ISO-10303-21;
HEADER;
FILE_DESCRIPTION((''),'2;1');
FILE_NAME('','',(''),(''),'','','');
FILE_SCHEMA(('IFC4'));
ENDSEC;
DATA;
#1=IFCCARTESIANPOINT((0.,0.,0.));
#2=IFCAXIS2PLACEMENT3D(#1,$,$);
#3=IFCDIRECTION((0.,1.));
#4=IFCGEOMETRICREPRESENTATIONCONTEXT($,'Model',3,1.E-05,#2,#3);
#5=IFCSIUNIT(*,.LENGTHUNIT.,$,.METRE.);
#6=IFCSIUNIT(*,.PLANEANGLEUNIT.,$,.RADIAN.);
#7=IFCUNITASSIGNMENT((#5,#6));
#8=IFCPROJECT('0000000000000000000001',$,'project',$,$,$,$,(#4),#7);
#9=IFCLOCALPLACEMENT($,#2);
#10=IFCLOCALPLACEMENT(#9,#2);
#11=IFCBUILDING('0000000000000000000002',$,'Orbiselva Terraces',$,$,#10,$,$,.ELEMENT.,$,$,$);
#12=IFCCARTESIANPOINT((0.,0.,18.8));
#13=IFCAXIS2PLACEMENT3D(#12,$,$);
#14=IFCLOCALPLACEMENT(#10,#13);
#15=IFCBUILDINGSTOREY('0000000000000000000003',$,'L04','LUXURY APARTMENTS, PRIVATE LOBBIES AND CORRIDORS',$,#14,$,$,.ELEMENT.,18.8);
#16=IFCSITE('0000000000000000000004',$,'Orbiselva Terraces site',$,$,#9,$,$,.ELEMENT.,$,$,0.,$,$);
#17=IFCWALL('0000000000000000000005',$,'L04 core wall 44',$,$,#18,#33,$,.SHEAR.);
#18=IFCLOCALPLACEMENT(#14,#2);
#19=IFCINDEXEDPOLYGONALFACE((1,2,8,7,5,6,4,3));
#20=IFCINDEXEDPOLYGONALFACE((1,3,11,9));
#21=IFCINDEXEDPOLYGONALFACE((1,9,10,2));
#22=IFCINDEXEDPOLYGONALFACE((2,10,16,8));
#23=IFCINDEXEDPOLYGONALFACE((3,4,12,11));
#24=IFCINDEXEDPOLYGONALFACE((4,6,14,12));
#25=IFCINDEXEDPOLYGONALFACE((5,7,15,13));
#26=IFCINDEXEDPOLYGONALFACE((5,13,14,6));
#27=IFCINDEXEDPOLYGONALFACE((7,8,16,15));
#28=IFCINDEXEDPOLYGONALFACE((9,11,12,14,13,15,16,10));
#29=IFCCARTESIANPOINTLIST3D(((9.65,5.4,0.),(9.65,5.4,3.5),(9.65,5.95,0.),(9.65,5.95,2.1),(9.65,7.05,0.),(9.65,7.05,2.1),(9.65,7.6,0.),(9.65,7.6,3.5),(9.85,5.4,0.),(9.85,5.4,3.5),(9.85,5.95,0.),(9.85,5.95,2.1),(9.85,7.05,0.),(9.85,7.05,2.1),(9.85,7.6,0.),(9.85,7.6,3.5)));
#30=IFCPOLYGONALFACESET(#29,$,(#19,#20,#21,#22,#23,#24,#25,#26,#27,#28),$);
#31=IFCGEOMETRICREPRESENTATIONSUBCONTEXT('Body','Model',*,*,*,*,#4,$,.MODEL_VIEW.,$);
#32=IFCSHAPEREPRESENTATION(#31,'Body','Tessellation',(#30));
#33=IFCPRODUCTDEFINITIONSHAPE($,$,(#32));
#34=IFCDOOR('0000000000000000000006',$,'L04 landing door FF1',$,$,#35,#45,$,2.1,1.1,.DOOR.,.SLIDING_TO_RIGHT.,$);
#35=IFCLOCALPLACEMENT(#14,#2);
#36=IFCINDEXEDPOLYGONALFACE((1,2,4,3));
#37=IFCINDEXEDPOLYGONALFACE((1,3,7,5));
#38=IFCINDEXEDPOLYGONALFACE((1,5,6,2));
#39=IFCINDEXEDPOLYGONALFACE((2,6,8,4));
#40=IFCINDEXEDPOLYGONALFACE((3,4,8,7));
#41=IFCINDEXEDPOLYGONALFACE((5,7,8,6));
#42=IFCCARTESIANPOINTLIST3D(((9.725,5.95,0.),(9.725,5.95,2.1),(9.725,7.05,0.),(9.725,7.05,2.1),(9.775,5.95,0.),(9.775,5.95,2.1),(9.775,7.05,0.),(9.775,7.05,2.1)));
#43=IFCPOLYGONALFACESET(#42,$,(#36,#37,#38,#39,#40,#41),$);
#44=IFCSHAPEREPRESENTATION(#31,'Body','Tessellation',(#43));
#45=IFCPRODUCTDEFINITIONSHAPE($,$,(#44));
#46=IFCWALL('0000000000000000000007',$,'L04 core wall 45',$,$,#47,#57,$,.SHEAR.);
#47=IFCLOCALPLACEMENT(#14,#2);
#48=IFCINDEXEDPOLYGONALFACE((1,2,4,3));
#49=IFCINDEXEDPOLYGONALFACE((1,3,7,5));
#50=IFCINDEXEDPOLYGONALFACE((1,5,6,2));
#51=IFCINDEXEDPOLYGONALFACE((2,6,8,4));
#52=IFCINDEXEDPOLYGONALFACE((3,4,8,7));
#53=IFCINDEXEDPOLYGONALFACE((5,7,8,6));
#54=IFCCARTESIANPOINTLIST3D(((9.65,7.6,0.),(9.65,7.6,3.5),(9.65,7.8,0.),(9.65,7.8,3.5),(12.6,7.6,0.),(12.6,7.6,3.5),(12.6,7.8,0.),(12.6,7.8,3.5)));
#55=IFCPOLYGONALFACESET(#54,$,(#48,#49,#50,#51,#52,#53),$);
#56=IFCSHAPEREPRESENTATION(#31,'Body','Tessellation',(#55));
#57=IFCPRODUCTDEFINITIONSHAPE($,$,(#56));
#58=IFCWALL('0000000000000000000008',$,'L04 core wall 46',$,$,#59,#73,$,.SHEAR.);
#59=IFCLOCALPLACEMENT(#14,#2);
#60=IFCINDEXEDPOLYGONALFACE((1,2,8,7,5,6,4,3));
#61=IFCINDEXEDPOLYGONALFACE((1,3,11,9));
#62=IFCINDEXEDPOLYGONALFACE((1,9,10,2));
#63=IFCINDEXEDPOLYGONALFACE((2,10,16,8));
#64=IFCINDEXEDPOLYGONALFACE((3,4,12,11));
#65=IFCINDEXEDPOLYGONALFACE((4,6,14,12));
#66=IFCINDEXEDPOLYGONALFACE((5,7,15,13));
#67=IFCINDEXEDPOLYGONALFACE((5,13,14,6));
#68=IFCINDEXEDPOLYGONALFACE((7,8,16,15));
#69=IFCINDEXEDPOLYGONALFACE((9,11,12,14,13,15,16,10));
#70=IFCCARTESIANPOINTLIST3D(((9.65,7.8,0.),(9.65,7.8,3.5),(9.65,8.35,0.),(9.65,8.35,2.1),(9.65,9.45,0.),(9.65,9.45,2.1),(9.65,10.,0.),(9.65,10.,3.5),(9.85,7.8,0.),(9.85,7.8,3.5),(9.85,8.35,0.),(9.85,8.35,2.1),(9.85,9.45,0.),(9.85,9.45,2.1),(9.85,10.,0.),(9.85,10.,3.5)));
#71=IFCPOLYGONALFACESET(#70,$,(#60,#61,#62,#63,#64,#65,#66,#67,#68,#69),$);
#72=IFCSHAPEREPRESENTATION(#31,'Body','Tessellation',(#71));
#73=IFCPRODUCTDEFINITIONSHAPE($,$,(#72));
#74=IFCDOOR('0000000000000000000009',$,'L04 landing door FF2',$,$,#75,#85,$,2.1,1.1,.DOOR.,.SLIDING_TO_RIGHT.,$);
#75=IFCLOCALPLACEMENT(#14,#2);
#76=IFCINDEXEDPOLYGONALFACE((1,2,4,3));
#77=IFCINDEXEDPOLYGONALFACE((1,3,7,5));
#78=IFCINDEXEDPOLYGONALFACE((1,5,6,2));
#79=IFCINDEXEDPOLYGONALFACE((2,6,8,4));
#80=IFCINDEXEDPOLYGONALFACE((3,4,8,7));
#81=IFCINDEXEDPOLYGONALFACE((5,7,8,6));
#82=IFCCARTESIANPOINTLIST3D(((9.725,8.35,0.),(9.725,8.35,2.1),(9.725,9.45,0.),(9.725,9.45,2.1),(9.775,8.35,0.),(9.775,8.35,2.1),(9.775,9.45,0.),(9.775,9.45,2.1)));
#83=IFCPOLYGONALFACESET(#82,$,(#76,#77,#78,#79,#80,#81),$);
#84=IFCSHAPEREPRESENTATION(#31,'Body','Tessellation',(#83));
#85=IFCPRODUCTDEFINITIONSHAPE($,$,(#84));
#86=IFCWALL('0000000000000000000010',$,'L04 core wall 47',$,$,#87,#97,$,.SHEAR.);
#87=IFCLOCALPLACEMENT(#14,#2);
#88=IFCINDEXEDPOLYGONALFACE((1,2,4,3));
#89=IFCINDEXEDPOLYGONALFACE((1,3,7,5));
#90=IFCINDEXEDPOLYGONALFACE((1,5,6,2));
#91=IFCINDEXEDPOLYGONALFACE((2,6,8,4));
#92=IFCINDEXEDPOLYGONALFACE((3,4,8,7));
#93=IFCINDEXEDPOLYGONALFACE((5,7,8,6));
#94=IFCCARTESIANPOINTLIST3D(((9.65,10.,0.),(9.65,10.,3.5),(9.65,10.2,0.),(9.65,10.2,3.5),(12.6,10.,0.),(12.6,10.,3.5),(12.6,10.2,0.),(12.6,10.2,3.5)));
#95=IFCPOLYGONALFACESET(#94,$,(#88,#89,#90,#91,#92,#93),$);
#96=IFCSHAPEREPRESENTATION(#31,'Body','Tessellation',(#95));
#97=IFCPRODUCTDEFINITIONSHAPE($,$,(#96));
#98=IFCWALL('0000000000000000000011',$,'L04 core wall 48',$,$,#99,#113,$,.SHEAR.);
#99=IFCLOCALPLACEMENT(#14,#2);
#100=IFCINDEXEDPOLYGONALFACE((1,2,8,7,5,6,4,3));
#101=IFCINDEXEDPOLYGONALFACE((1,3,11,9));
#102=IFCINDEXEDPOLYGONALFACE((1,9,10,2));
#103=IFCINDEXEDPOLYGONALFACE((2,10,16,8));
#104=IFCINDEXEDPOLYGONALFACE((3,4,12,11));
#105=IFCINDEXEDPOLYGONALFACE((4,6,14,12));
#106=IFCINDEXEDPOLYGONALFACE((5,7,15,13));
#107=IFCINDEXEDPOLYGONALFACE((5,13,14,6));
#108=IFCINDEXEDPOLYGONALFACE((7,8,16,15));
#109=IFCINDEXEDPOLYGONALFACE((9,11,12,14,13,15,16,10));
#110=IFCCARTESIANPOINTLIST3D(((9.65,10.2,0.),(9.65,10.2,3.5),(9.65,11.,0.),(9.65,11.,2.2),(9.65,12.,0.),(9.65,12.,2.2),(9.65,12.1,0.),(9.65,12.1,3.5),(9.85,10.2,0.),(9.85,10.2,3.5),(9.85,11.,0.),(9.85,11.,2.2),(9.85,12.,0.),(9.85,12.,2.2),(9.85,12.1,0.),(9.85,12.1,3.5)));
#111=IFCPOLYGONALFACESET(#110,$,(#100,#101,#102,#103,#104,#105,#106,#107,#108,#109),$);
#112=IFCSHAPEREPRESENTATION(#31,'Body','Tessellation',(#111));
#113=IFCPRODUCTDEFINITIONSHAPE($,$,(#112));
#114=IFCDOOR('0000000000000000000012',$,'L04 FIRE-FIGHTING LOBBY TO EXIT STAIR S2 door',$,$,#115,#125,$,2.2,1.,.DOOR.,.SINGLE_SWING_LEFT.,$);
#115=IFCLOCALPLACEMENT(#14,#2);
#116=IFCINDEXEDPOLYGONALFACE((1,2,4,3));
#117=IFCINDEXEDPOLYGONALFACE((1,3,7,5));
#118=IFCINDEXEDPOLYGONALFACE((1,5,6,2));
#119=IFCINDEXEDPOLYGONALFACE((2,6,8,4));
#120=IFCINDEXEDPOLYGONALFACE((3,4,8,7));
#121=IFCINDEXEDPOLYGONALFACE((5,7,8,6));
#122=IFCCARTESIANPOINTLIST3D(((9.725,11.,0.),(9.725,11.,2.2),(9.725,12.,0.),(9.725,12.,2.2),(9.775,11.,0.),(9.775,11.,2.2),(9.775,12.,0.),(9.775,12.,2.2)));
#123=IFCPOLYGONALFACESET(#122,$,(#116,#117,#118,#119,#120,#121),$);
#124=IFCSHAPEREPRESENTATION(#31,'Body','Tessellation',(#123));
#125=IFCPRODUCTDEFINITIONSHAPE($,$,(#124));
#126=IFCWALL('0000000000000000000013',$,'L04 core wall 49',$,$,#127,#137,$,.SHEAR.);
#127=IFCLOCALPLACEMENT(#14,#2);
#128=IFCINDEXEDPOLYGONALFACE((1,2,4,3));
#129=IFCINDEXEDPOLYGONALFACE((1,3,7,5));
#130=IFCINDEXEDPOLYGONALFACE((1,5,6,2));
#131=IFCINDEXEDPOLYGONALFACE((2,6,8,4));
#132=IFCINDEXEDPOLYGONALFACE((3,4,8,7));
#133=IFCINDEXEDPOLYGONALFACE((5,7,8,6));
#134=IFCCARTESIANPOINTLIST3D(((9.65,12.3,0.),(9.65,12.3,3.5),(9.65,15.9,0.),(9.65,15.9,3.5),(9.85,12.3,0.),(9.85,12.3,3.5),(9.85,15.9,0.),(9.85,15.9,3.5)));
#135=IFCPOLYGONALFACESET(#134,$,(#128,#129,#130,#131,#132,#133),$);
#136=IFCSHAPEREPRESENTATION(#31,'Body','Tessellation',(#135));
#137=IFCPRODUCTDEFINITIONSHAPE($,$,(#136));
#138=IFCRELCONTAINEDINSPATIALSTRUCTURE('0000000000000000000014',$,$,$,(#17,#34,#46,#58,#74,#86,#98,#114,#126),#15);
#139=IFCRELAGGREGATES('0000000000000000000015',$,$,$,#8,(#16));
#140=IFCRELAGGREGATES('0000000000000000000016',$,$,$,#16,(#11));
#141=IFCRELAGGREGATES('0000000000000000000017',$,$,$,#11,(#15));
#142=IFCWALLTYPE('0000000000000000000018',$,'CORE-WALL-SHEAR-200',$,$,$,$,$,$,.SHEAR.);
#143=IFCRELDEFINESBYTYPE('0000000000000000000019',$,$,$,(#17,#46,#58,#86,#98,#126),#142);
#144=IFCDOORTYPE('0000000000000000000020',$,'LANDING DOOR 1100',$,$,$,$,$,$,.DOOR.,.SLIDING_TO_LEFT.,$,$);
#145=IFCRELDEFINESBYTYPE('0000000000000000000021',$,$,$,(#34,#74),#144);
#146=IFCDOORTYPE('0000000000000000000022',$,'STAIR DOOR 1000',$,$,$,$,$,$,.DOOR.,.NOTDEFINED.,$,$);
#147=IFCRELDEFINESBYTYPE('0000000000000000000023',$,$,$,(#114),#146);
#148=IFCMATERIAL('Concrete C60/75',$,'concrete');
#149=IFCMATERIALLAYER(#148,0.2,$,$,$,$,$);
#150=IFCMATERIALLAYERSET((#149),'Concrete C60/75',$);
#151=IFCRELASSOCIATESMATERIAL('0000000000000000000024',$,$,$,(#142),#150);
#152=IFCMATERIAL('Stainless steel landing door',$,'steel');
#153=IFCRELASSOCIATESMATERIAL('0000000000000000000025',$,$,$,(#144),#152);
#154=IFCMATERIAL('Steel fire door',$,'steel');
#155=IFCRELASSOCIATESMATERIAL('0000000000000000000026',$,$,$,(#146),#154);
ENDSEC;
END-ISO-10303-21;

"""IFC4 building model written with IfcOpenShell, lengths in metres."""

from ifc_helpers import new_model, si_unit, direction, frame, frame_2d, origin, place, context, subcontext, project, spatial, rectangle, extrude, material, layer, layer_set, type_object, element, fill, save


model = new_model("IFC4")

# Units and contexts
model_context = context("Model", 3, precision=1e-05, world=origin(), true_north=direction((0.0, 1.0)))
body_context = subcontext(model_context, "Body", "Model", "MODEL_VIEW")
ifc_project = project(units=[si_unit("LENGTHUNIT", "METRE"), si_unit("PLANEANGLEUNIT", "RADIAN")], contexts=[model_context])

# Site, building, storey
site_placement = place(None, origin())
site = spatial("IfcSite", under=ifc_project, at=site_placement, Name="Orbiselva Terraces site", CompositionType="ELEMENT", RefElevation=0.0)
building_placement = place(site_placement, origin())
building = spatial("IfcBuilding", under=site, at=building_placement, Name="Orbiselva Terraces", CompositionType="ELEMENT")
storey_placement = place(building_placement, frame((0.0, 0.0, 18.8)))
storey = spatial("IfcBuildingStorey", under=building, at=storey_placement, Name="L04", Description="LUXURY APARTMENTS, PRIVATE LOBBIES AND CORRIDORS", CompositionType="ELEMENT", Elevation=18.8)

# Shared definitions
ifc_material_1 = material(Name="Steel fire door", Category="steel")

# Shared definitions
ifc_material_2 = material(Name="Concrete C60/75", Category="concrete")
ifc_layer_1 = layer(ifc_material_2, 0.2)
ifc_layer_set_1 = layer_set([ifc_layer_1], Name="Concrete C60/75")
wall_type_1 = type_object("IfcWallType", Name="CORE-WALL-SHEAR-200", PredefinedType="SHEAR", material=ifc_layer_set_1)

# Wall, opening, door
wall_1_placement = place(storey_placement, frame((9.75, 5.4, 0.0), z_axis=(0.0, 0.0, 1.0), x_axis=(0.0, 1.0, 0.0)))
wall_1 = element("IfcWall", 1, at=wall_1_placement, inside=storey, type_object=wall_type_1, Name="L04 core wall 44", PredefinedType="SHEAR", context=body_context, shape_type="SweptSolid", body=[
    extrude(rectangle(XDim=2.2, YDim=0.2, at=frame_2d((1.1, 0.0))), origin(), (0.0, 0.0, 1.0), 3.5),
])
opening_1_placement = place(wall_1_placement, frame((0.55, 0.0, 0.0)))
opening_1 = element("IfcOpeningElement", 2, at=opening_1_placement, cuts=wall_1, PredefinedType="OPENING", context=body_context, shape_type="SweptSolid", body=[
    extrude(rectangle(XDim=1.1, YDim=2.1, at=frame_2d((0.55, 1.05))), frame((0.0, 0.11, 0.0), z_axis=(0.0, -1.0, 0.0), x_axis=(1.0, 0.0, 0.0)), (0.0, 0.0, 1.0), 0.22),
])
ifc_material_3 = material(Name="Stainless steel landing door", Category="steel")
door_type_1 = type_object("IfcDoorType", Name="LANDING DOOR 1100", OperationType="SLIDING_TO_LEFT", PredefinedType="DOOR", material=ifc_material_3)
door_1_placement = place(opening_1_placement, origin())
door_1 = element("IfcDoor", 3, at=door_1_placement, inside=storey, type_object=door_type_1, Name="L04 landing door FF1", OperationType="SLIDING_TO_RIGHT", OverallHeight=2.1, OverallWidth=1.1, PredefinedType="DOOR", context=body_context, shape_type="SweptSolid", body=[
    extrude(rectangle(XDim=1.1, YDim=2.1, at=frame_2d((0.55, 1.05))), frame((0.0, 0.025, 0.0), z_axis=(0.0, -1.0, 0.0), x_axis=(1.0, 0.0, 0.0)), (0.0, 0.0, 1.0), 0.05),
])
fill(opening_1, door_1)

# Wall
wall_2_placement = place(storey_placement, frame((9.65, 7.7, 0.0), z_axis=(0.0, 0.0, 1.0), x_axis=(1.0, 0.0, 0.0)))
element("IfcWall", 4, at=wall_2_placement, inside=storey, type_object=wall_type_1, Name="L04 core wall 45", PredefinedType="SHEAR", context=body_context, shape_type="SweptSolid", body=[
    extrude(rectangle(XDim=2.95, YDim=0.2, at=frame_2d((1.475, 0.0))), origin(), (0.0, 0.0, 1.0), 3.5),
])

# Wall, opening, door
wall_3_placement = place(storey_placement, frame((9.75, 7.8, 0.0), z_axis=(0.0, 0.0, 1.0), x_axis=(0.0, 1.0, 0.0)))
wall_3 = element("IfcWall", 5, at=wall_3_placement, inside=storey, type_object=wall_type_1, Name="L04 core wall 46", PredefinedType="SHEAR", context=body_context, shape_type="SweptSolid", body=[
    extrude(rectangle(XDim=2.2, YDim=0.2, at=frame_2d((1.1, 0.0))), origin(), (0.0, 0.0, 1.0), 3.5),
])
opening_2_placement = place(wall_3_placement, frame((0.55, 0.0, 0.0)))
opening_2 = element("IfcOpeningElement", 6, at=opening_2_placement, cuts=wall_3, PredefinedType="OPENING", context=body_context, shape_type="SweptSolid", body=[
    extrude(rectangle(XDim=1.1, YDim=2.1, at=frame_2d((0.55, 1.05))), frame((0.0, 0.11, 0.0), z_axis=(0.0, -1.0, 0.0), x_axis=(1.0, 0.0, 0.0)), (0.0, 0.0, 1.0), 0.22),
])
door_2_placement = place(opening_2_placement, origin())
door_2 = element("IfcDoor", 7, at=door_2_placement, inside=storey, type_object=door_type_1, Name="L04 landing door FF2", OperationType="SLIDING_TO_RIGHT", OverallHeight=2.1, OverallWidth=1.1, PredefinedType="DOOR", context=body_context, shape_type="SweptSolid", body=[
    extrude(rectangle(XDim=1.1, YDim=2.1, at=frame_2d((0.55, 1.05))), frame((0.0, 0.025, 0.0), z_axis=(0.0, -1.0, 0.0), x_axis=(1.0, 0.0, 0.0)), (0.0, 0.0, 1.0), 0.05),
])
fill(opening_2, door_2)

# Wall
wall_4_placement = place(storey_placement, frame((9.65, 10.1, 0.0), z_axis=(0.0, 0.0, 1.0), x_axis=(1.0, 0.0, 0.0)))
element("IfcWall", 8, at=wall_4_placement, inside=storey, type_object=wall_type_1, Name="L04 core wall 47", PredefinedType="SHEAR", context=body_context, shape_type="SweptSolid", body=[
    extrude(rectangle(XDim=2.95, YDim=0.2, at=frame_2d((1.475, 0.0))), origin(), (0.0, 0.0, 1.0), 3.5),
])

# Wall, opening, door
wall_5_placement = place(storey_placement, frame((9.75, 12.1, 0.0), z_axis=(0.0, 0.0, 1.0), x_axis=(0.0, -1.0, 0.0)))
wall_5 = element("IfcWall", 9, at=wall_5_placement, inside=storey, type_object=wall_type_1, Name="L04 core wall 48", PredefinedType="SHEAR", context=body_context, shape_type="SweptSolid", body=[
    extrude(rectangle(XDim=1.9, YDim=0.2, at=frame_2d((0.95, 0.0))), origin(), (0.0, 0.0, 1.0), 3.5),
])
opening_3_placement = place(wall_5_placement, frame((0.1, 0.0, 0.0)))
opening_3 = element("IfcOpeningElement", 10, at=opening_3_placement, cuts=wall_5, PredefinedType="OPENING", context=body_context, shape_type="SweptSolid", body=[
    extrude(rectangle(XDim=1.0, YDim=2.2, at=frame_2d((0.5, 1.1))), frame((0.0, 0.11, 0.0), z_axis=(0.0, -1.0, 0.0), x_axis=(1.0, 0.0, 0.0)), (0.0, 0.0, 1.0), 0.22),
])
door_type_2 = type_object("IfcDoorType", Name="STAIR DOOR 1000", OperationType="NOTDEFINED", PredefinedType="DOOR", material=ifc_material_1)
door_3_placement = place(opening_3_placement, origin())
door_3 = element("IfcDoor", 11, at=door_3_placement, inside=storey, type_object=door_type_2, Name="L04 FIRE-FIGHTING LOBBY TO EXIT STAIR S2 door", OperationType="SINGLE_SWING_LEFT", OverallHeight=2.2, OverallWidth=1.0, PredefinedType="DOOR", context=body_context, shape_type="SweptSolid", body=[
    extrude(rectangle(XDim=1.0, YDim=2.2, at=frame_2d((0.5, 1.1))), frame((0.0, 0.025, 0.0), z_axis=(0.0, -1.0, 0.0), x_axis=(1.0, 0.0, 0.0)), (0.0, 0.0, 1.0), 0.05),
])
fill(opening_3, door_3)

# Wall
wall_6_placement = place(storey_placement, frame((9.75, 12.3, 0.0), z_axis=(0.0, 0.0, 1.0), x_axis=(0.0, 1.0, 0.0)))
element("IfcWall", 12, at=wall_6_placement, inside=storey, type_object=wall_type_1, Name="L04 core wall 49", PredefinedType="SHEAR", context=body_context, shape_type="SweptSolid", body=[
    extrude(rectangle(XDim=3.6, YDim=0.2, at=frame_2d((1.8, 0.0))), origin(), (0.0, 0.0, 1.0), 3.5),
])

save(model, "model.ifc")
